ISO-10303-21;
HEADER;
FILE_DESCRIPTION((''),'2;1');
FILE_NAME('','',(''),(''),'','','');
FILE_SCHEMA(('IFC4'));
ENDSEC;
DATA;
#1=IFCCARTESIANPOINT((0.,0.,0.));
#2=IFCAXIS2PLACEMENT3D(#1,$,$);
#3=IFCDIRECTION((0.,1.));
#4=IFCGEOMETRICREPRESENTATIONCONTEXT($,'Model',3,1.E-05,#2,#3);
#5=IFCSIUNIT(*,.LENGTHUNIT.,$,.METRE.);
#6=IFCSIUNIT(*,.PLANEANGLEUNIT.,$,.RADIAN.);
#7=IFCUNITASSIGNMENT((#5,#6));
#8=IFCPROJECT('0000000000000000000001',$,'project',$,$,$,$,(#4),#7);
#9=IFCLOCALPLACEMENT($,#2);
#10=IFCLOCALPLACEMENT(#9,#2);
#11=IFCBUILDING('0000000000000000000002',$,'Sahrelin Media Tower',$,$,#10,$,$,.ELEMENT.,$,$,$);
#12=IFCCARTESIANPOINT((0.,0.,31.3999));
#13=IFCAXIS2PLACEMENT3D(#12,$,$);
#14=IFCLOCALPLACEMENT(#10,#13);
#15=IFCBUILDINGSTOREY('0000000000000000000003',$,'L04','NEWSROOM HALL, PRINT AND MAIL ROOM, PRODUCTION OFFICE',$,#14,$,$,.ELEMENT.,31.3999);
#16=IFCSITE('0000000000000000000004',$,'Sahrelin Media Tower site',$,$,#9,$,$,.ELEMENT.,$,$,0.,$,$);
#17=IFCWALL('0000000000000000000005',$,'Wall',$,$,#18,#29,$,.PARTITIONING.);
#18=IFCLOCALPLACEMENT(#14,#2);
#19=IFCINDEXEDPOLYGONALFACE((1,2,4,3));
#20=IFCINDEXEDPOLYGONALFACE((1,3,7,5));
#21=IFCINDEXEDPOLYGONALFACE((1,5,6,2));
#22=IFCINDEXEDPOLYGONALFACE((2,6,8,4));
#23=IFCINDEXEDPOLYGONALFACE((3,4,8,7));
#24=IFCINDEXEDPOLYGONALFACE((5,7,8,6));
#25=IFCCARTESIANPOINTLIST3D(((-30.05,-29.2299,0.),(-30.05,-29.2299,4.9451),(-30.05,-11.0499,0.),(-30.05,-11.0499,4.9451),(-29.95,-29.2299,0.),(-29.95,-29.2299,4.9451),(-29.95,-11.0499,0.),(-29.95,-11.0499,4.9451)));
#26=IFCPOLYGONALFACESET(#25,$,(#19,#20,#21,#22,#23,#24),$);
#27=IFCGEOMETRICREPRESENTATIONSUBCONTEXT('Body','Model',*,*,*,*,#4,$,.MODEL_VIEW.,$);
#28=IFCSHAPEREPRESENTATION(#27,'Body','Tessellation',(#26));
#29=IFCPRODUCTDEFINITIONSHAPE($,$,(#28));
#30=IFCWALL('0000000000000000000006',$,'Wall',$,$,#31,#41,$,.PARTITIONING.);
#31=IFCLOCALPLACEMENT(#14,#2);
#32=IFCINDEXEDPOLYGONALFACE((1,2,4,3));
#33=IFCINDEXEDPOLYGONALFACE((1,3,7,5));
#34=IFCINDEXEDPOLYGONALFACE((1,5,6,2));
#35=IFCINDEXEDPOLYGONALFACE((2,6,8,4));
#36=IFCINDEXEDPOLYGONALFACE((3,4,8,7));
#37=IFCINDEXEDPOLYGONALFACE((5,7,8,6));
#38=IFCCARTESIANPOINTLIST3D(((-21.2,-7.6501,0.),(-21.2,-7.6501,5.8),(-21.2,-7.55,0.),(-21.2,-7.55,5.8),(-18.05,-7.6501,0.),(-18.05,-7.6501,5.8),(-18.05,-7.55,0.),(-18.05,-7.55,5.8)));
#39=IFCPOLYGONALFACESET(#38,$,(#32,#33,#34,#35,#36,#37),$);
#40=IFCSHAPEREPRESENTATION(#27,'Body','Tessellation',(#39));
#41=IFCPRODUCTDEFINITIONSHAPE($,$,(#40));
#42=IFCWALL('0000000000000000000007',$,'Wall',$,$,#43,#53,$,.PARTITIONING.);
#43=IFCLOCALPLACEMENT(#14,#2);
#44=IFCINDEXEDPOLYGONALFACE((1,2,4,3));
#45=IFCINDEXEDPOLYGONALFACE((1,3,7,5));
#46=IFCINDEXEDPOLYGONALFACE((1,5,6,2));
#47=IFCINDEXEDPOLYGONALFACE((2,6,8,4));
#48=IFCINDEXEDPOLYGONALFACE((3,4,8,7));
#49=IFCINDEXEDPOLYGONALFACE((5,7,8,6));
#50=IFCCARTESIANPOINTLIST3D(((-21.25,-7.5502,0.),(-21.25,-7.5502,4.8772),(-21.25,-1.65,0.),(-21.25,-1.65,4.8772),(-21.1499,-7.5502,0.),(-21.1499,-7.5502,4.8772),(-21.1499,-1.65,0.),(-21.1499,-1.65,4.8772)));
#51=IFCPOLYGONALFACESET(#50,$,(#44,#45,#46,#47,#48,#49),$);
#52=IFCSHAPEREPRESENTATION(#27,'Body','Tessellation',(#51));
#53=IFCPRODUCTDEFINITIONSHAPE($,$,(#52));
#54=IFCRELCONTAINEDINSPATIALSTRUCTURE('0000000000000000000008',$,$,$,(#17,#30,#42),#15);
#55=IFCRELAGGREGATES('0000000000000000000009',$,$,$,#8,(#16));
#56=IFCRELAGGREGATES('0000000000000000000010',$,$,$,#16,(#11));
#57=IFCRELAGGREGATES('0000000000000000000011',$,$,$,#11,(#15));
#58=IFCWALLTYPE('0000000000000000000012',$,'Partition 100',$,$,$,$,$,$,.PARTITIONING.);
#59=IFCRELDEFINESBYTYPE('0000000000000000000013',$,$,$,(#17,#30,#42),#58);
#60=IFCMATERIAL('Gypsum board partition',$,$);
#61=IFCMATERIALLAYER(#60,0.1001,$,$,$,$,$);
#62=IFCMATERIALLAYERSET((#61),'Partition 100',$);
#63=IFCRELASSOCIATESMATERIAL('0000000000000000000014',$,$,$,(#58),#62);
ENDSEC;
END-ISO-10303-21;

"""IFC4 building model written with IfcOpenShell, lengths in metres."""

from ifc_helpers import new_model, si_unit, direction, frame, frame_2d, origin, place, context, subcontext, project, spatial, rectangle, extrude, material, layer, layer_set, type_object, element, save


model = new_model("IFC4")

# Units and contexts
model_context = context("Model", 3, precision=1e-05, world=origin(), true_north=direction((0.0, 1.0)))
body_context = subcontext(model_context, "Body", "Model", "MODEL_VIEW")
ifc_project = project(units=[si_unit("LENGTHUNIT", "METRE"), si_unit("PLANEANGLEUNIT", "RADIAN")], contexts=[model_context])

# Site, building, storey
site_placement = place(None, origin())
site = spatial("IfcSite", under=ifc_project, at=site_placement, Name="Sahrelin Media Tower site", CompositionType="ELEMENT", RefElevation=0.0)
building_placement = place(site_placement, origin())
building = spatial("IfcBuilding", under=site, at=building_placement, Name="Sahrelin Media Tower", CompositionType="ELEMENT")
storey_placement = place(building_placement, frame((0.0, 0.0, 31.3999)))
storey = spatial("IfcBuildingStorey", under=building, at=storey_placement, Name="L04", Description="NEWSROOM HALL, PRINT AND MAIL ROOM, PRODUCTION OFFICE", CompositionType="ELEMENT", Elevation=31.3999)

# Shared definitions
ifc_material_1 = material(Name="Gypsum board partition")
ifc_layer_1 = layer(ifc_material_1, 0.1001)
ifc_layer_set_1 = layer_set([ifc_layer_1], Name="Partition 100")
wall_type = type_object("IfcWallType", Name="Partition 100", PredefinedType="PARTITIONING", material=ifc_layer_set_1)

# Walls
wall_1_placement = place(storey_placement, frame((-30.0, -11.05, 0.0), z_axis=(0.0, 0.0, 1.0), x_axis=(0.0, -1.0, 0.0)))
element("IfcWall", 1, at=wall_1_placement, inside=storey, type_object=wall_type, Name="Wall", PredefinedType="PARTITIONING", context=body_context, shape_type="SweptSolid", body=[
    extrude(rectangle(XDim=18.1799, YDim=0.1001, at=frame_2d((9.0898, 0.0))), origin(), (0.0, 0.0, 1.0), 4.9451),
])
wall_2_placement = place(storey_placement, frame((-21.2, -7.6001, 0.0), z_axis=(0.0, 0.0, 1.0), x_axis=(1.0, 0.0, 0.0)))
element("IfcWall", 2, at=wall_2_placement, inside=storey, type_object=wall_type, Name="Wall", PredefinedType="PARTITIONING", context=body_context, shape_type="SweptSolid", body=[
    extrude(rectangle(XDim=3.1499, YDim=0.1001, at=frame_2d((1.575, 0.0))), origin(), (0.0, 0.0, 1.0), 5.8),
])
wall_3_placement = place(storey_placement, frame((-21.2, -1.6499, 0.0), z_axis=(0.0, 0.0, 1.0), x_axis=(0.0, -1.0, 0.0)))
element("IfcWall", 3, at=wall_3_placement, inside=storey, type_object=wall_type, Name="Wall", PredefinedType="PARTITIONING", context=body_context, shape_type="SweptSolid", body=[
    extrude(rectangle(XDim=5.9001, YDim=0.1001, at=frame_2d((2.9502, 0.0))), origin(), (0.0, 0.0, 1.0), 4.8772),
])

save(model, "model.ifc")
